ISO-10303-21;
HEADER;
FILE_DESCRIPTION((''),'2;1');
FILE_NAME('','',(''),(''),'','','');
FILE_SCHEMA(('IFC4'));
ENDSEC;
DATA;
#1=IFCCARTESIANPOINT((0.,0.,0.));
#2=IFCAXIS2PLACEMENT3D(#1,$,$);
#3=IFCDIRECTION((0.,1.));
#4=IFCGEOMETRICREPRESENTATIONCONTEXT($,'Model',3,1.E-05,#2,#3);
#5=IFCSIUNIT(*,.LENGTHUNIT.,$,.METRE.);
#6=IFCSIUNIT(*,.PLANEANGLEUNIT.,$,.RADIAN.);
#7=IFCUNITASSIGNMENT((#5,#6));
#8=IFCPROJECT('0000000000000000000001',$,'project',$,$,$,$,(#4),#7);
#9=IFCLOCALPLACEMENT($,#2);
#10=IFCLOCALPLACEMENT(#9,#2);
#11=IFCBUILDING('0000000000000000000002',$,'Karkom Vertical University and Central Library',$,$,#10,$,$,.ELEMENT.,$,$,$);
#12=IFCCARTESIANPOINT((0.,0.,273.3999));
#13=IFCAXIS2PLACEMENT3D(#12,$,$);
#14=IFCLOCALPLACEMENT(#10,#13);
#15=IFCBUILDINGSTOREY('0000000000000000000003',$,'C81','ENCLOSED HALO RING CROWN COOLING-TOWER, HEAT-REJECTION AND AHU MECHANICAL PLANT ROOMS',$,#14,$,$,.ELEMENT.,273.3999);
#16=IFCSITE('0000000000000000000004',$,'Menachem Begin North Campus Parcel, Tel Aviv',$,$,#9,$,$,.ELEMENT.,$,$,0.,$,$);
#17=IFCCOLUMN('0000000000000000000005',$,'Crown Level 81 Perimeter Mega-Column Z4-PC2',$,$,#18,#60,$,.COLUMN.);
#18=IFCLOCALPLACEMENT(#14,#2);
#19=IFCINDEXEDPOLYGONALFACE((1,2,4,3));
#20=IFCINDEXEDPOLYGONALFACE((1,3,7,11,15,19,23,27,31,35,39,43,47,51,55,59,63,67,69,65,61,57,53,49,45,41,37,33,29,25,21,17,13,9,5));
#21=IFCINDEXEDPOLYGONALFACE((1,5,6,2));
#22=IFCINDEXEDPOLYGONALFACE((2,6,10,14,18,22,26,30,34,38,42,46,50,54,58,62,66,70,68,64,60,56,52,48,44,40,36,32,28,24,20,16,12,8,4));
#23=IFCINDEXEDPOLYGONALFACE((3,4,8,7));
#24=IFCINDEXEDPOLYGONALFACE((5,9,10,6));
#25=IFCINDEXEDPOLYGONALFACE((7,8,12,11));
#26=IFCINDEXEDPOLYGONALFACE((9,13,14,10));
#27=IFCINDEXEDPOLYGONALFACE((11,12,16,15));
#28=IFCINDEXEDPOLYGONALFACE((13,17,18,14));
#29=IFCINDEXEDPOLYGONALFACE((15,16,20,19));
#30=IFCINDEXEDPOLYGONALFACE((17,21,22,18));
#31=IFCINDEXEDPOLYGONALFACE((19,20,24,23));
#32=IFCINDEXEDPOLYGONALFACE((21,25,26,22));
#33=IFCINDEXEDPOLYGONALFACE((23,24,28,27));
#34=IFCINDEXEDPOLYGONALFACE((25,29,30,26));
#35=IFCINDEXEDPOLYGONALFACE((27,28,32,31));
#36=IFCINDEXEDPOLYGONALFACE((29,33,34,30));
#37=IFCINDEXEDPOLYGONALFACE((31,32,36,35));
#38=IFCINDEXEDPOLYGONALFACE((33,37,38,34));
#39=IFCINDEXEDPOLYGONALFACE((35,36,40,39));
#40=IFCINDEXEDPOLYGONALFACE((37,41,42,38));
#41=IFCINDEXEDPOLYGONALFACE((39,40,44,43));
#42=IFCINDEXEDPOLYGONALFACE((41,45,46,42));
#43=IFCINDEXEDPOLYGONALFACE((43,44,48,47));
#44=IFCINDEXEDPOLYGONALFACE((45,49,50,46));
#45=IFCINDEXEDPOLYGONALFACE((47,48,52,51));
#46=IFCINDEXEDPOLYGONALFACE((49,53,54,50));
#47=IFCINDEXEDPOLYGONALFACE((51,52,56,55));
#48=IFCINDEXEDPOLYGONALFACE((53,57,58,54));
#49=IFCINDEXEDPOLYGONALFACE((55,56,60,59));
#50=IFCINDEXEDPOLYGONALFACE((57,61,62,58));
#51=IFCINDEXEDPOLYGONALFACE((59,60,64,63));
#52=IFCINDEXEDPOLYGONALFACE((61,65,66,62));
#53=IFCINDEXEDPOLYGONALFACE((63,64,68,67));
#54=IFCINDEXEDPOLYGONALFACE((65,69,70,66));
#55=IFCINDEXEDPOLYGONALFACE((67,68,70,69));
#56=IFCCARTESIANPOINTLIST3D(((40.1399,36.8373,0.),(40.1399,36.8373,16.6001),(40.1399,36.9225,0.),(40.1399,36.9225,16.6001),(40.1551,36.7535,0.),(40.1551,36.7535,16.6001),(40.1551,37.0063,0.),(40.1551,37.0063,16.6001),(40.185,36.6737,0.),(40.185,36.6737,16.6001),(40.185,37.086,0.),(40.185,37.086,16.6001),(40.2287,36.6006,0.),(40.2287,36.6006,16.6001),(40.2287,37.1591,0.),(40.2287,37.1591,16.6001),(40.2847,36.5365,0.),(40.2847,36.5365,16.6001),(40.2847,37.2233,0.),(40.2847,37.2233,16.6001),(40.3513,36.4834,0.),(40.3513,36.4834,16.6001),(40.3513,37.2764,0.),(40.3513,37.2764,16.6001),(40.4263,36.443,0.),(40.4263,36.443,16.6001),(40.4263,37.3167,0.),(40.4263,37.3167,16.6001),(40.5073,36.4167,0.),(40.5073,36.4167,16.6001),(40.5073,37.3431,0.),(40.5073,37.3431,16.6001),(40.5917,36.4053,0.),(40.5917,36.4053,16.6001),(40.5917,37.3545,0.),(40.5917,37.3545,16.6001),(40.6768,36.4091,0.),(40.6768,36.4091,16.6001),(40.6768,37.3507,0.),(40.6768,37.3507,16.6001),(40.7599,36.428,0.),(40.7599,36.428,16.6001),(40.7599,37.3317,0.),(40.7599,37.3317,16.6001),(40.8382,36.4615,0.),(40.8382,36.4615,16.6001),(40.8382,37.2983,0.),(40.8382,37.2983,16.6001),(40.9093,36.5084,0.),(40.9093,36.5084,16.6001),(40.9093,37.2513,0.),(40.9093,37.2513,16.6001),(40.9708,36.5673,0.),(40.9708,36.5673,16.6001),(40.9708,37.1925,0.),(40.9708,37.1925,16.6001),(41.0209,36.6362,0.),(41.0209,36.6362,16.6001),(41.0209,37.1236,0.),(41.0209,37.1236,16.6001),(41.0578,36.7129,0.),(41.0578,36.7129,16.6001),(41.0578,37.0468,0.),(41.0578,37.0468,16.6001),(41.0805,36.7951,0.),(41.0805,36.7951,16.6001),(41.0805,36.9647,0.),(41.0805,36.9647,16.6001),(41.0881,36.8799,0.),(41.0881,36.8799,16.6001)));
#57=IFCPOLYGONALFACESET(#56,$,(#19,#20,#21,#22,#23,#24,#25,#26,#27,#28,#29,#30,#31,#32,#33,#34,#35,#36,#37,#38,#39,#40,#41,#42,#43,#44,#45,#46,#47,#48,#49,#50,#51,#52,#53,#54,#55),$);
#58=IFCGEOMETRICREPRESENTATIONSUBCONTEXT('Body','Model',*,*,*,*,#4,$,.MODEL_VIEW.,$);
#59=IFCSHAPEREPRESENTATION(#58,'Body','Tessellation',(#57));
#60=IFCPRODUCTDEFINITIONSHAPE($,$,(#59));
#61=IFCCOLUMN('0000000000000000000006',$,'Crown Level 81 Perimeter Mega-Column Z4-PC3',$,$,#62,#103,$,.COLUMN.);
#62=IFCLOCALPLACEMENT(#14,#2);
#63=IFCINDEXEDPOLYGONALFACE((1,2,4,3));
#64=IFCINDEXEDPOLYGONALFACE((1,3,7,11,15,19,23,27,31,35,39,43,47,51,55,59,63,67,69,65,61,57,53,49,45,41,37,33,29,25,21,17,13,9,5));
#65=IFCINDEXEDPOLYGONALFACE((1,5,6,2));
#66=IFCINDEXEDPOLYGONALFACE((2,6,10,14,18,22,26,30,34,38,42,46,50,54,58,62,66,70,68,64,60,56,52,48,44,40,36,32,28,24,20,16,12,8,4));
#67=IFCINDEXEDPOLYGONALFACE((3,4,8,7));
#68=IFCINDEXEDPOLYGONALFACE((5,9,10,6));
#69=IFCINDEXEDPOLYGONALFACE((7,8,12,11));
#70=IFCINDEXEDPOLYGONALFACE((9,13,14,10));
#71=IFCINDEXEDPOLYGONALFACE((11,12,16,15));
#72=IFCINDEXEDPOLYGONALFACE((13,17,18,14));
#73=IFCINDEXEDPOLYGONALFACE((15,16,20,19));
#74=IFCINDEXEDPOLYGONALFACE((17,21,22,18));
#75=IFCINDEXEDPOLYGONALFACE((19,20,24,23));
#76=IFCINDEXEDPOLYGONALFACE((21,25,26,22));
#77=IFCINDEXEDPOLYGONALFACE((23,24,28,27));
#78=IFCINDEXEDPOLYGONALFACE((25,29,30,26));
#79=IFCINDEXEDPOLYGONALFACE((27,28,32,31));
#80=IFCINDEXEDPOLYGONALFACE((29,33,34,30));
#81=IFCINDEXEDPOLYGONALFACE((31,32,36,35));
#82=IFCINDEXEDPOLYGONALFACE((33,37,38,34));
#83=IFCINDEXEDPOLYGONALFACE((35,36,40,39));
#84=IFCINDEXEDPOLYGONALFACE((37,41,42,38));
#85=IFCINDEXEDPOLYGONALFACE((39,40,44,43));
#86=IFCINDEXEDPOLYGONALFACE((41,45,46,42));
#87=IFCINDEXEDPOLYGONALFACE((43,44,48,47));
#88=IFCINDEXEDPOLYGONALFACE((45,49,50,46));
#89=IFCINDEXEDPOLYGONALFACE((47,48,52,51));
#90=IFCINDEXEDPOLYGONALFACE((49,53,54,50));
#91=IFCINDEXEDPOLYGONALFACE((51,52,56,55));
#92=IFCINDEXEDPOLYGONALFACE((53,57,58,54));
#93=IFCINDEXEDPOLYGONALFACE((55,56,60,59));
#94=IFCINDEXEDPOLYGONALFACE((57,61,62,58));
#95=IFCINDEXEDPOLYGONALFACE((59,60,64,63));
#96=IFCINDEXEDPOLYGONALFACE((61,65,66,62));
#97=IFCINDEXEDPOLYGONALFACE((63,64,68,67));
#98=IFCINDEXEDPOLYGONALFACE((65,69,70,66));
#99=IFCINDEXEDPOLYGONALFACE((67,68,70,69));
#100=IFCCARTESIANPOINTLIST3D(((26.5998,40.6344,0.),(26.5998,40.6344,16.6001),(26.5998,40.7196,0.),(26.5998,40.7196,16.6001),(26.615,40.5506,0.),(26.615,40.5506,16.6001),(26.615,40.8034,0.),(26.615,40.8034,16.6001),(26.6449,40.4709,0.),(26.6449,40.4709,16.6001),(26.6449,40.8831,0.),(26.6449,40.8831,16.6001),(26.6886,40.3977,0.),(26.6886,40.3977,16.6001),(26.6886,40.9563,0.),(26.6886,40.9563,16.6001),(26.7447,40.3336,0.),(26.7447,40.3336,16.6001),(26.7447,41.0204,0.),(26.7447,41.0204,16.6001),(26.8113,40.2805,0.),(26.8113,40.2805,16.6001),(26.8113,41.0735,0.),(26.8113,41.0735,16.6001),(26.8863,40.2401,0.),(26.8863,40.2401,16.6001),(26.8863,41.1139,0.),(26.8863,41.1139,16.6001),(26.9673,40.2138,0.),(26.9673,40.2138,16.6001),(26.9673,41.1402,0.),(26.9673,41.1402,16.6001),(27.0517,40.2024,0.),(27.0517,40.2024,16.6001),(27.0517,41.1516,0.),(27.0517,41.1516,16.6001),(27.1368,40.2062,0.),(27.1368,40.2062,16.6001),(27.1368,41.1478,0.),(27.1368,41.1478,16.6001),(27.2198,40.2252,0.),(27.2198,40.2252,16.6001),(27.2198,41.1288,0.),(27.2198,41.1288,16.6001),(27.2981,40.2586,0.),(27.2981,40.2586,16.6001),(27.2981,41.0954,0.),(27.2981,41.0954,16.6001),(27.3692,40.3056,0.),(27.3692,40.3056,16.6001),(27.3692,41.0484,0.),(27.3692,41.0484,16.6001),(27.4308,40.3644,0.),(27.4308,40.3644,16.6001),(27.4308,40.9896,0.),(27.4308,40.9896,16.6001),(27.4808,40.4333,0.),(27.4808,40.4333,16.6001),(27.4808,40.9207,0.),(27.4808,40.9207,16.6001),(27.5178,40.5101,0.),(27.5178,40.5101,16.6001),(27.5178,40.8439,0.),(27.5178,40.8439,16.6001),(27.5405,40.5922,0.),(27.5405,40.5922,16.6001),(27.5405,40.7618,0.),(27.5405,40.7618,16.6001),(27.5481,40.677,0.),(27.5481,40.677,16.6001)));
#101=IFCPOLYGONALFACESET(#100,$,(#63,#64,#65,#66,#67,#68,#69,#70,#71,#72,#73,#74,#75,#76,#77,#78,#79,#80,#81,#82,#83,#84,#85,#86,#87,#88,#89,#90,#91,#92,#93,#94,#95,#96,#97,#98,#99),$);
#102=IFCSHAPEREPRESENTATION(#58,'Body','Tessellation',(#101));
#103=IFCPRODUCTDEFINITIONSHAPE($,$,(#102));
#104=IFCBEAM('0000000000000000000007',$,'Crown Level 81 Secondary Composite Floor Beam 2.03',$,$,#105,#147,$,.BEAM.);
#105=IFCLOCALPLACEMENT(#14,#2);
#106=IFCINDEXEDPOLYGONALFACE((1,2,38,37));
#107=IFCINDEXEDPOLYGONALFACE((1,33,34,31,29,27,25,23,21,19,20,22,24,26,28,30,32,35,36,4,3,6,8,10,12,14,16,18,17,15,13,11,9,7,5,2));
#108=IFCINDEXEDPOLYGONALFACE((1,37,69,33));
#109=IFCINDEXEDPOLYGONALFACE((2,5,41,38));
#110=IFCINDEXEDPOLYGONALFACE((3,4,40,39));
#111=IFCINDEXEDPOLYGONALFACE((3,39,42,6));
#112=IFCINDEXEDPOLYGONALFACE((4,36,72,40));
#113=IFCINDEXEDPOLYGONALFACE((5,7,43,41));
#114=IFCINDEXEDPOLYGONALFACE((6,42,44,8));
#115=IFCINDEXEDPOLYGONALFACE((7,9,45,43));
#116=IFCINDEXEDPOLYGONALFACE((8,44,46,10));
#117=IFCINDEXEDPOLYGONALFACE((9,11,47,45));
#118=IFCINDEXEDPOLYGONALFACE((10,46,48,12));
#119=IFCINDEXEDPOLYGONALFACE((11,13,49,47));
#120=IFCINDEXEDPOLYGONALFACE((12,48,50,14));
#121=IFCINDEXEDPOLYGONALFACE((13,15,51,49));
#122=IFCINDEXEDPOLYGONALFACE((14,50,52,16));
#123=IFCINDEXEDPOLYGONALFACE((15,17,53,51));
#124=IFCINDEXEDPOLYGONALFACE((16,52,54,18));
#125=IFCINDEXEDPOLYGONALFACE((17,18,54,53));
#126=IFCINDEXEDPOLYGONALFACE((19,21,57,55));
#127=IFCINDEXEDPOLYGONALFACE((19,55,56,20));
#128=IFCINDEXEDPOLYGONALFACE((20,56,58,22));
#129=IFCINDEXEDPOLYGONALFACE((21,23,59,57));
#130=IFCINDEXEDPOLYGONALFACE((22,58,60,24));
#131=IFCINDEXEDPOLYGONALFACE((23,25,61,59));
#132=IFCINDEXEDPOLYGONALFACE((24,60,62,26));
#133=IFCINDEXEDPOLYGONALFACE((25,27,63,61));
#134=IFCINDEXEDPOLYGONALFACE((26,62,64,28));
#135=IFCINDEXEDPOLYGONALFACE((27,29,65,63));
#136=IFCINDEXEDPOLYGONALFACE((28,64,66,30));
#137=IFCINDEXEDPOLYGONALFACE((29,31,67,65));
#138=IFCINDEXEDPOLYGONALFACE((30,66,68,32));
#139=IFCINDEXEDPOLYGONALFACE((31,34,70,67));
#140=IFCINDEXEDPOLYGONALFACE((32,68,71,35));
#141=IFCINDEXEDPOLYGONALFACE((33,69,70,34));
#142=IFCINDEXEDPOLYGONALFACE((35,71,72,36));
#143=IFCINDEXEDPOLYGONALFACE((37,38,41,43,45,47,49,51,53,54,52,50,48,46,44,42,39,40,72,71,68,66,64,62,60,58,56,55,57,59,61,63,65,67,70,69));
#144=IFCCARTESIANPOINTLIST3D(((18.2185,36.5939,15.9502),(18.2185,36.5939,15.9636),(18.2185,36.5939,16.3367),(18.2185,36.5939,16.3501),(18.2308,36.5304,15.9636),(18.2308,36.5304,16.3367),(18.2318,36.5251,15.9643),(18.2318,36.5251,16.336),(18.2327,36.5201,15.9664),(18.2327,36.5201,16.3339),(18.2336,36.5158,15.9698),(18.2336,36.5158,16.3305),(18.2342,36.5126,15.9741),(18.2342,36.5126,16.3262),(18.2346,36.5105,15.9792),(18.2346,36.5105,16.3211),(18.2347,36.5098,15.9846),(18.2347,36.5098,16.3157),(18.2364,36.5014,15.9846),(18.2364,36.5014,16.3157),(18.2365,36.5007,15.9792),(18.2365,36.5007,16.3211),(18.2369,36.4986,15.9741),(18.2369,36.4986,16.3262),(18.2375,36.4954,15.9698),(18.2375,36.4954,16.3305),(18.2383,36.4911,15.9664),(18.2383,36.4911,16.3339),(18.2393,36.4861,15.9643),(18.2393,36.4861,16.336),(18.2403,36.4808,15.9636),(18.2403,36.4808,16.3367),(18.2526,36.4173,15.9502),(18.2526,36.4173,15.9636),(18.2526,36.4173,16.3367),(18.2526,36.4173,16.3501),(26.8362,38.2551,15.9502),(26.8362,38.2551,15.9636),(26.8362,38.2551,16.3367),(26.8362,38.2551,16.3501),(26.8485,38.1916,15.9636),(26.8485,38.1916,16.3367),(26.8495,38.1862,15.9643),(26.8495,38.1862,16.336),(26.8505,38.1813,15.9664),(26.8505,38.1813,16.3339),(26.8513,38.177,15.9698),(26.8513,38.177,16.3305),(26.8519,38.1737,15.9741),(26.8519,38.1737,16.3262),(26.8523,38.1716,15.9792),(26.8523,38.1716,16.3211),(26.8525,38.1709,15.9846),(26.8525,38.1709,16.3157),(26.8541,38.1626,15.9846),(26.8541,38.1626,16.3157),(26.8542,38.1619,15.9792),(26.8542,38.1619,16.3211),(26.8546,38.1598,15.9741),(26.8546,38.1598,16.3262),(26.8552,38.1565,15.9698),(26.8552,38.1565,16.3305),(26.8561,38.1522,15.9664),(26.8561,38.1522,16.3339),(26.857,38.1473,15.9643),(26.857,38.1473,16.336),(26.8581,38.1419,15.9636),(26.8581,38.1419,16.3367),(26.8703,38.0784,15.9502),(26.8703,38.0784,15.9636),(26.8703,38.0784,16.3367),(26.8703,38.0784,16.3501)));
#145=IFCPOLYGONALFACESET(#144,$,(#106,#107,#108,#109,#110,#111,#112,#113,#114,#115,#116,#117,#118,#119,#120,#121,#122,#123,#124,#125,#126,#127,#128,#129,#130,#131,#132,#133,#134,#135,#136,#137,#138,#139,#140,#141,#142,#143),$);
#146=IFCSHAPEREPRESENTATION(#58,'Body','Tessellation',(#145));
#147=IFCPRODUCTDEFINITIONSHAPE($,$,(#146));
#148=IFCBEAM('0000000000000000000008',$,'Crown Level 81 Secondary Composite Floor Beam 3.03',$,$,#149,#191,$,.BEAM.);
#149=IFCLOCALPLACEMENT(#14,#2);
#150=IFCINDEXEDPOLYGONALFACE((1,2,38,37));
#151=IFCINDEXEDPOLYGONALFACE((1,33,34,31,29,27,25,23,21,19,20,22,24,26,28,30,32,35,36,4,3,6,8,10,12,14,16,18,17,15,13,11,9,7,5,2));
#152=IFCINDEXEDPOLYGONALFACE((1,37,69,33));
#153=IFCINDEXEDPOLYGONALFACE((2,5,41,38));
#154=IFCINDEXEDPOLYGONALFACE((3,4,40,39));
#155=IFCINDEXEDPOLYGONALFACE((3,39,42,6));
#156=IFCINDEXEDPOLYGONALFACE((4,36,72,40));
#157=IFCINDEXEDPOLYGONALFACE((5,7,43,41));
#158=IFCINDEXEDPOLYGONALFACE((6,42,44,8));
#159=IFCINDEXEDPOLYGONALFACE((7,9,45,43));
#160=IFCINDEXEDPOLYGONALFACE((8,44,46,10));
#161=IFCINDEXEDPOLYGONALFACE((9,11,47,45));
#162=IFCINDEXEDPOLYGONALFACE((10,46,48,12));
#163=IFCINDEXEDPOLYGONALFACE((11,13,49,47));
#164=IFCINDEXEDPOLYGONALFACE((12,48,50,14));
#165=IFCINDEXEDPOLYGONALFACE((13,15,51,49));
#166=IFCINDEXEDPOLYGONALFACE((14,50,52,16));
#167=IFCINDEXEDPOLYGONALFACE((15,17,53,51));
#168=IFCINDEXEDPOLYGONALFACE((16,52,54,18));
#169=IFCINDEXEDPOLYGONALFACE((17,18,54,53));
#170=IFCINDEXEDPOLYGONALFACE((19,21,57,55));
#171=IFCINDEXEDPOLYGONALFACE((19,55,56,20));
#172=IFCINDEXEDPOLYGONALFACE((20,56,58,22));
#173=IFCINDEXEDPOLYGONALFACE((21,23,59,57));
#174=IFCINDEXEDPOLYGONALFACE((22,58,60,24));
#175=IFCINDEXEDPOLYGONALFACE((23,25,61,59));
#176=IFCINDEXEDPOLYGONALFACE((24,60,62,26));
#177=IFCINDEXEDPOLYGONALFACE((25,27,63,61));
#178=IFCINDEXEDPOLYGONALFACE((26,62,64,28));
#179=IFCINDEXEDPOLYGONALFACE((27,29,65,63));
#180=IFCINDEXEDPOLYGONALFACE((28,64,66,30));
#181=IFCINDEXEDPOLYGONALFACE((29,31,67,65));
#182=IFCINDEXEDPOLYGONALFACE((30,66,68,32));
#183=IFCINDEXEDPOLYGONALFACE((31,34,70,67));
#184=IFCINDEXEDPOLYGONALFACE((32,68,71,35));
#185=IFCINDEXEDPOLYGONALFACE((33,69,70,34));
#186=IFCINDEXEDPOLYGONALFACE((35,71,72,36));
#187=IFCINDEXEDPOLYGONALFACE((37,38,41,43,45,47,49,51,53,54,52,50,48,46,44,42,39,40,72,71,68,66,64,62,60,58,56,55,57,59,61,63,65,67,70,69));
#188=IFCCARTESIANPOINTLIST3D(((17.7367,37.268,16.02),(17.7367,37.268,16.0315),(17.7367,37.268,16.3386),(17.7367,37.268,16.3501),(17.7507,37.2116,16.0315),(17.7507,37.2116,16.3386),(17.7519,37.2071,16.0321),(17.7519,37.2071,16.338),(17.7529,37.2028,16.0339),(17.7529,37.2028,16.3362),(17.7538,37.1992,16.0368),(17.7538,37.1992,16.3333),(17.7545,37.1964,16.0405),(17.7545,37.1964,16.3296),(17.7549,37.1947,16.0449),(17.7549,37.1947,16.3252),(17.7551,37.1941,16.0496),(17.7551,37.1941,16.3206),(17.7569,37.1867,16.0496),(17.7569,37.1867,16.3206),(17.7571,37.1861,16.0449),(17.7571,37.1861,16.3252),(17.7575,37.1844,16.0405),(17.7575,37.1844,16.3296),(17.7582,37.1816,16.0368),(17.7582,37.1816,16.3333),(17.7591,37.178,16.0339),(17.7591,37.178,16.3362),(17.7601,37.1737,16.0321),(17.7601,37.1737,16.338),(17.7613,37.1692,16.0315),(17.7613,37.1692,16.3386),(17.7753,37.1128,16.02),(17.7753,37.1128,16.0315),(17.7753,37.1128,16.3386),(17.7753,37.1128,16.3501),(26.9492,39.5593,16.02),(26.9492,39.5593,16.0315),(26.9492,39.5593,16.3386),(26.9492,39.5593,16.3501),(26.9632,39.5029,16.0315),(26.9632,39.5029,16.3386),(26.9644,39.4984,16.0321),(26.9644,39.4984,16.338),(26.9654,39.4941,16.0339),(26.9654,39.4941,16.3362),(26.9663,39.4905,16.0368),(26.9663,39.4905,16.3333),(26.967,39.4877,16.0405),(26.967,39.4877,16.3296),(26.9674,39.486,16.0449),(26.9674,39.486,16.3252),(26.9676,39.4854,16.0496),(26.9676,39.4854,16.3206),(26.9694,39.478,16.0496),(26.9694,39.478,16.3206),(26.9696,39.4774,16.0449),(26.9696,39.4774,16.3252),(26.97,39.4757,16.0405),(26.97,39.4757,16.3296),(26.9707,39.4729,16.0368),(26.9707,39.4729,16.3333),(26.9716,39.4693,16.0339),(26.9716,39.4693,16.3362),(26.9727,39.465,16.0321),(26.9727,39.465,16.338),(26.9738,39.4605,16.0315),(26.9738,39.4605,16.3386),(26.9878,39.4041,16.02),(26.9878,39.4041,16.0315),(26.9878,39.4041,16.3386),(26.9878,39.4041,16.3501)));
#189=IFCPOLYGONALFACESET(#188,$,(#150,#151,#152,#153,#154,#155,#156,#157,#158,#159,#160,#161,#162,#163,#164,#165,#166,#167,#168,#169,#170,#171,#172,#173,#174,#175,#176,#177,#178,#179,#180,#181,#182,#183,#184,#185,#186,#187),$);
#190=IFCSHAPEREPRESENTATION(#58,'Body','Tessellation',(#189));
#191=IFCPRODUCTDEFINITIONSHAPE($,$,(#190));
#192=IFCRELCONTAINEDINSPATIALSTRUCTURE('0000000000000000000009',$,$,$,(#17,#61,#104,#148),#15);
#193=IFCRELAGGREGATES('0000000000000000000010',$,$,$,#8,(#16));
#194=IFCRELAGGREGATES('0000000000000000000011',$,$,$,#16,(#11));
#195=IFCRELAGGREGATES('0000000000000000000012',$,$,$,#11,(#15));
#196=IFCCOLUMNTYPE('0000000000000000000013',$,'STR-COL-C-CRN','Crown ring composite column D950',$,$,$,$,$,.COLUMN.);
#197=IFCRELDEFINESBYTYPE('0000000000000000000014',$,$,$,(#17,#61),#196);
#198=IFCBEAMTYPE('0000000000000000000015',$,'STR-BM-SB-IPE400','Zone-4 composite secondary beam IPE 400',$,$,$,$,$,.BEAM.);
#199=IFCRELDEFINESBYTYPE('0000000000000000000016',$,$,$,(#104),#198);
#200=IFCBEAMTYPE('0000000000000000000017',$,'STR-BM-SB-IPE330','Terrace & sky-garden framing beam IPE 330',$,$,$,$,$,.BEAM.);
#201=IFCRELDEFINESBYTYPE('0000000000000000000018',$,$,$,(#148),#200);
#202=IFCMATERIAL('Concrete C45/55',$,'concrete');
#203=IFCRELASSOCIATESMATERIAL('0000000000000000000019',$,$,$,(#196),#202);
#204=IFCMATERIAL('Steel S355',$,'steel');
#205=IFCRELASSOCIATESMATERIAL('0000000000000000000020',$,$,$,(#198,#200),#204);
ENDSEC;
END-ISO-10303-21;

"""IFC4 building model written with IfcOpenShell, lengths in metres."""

from ifc_helpers import new_model, si_unit, direction, frame, origin, origin_with_axes, origin_2d, place, context, subcontext, project, spatial, circle, i_section, extrude, source, transform, mapped, material, material_profile, profile_set, type_object, element, save


model = new_model("IFC4")

# Units and contexts
model_context = context("Model", 3, precision=1e-05, world=origin(), true_north=direction((0.0, 1.0)))
body_context = subcontext(model_context, "Body", "Model", "MODEL_VIEW")
ifc_project = project(units=[si_unit("LENGTHUNIT", "METRE"), si_unit("PLANEANGLEUNIT", "RADIAN")], contexts=[model_context])

# Site, building, storey
site_placement = place(None, origin())
site = spatial("IfcSite", under=ifc_project, at=site_placement, Name="Menachem Begin North Campus Parcel, Tel Aviv", CompositionType="ELEMENT", RefElevation=0.0)
building_placement = place(site_placement, origin())
building = spatial("IfcBuilding", under=site, at=building_placement, Name="Karkom Vertical University and Central Library", CompositionType="ELEMENT")
storey_placement = place(building_placement, frame((0.0, 0.0, 273.3999)))
storey = spatial("IfcBuildingStorey", under=building, at=storey_placement, Name="C81", Description="ENCLOSED HALO RING CROWN COOLING-TOWER, HEAT-REJECTION AND AHU MECHANICAL PLANT ROOMS", CompositionType="ELEMENT", Elevation=273.3999)

# Columns
ifc_material_1 = material(Name="Concrete C45/55", Category="concrete")
ifc_material_profile_1 = material_profile(ifc_material_1, circle(Radius=0.4751, at=origin_2d()), Name="CFT-D950")
ifc_profile_set_1 = profile_set([ifc_material_profile_1], Name="Concrete C45/55")
column_type = type_object("IfcColumnType", Name="STR-COL-C-CRN", Description="Crown ring composite column D950", PredefinedType="COLUMN", material=ifc_profile_set_1)
shared_shape_1 = source(origin_with_axes(), body_context, "Body", "SweptSolid", [
    extrude(circle(Radius=0.4751, at=origin_2d()), origin(), (0.0, 0.0, 1.0), 16.6001),
])
for number, where, z_axis, x_axis, name in (
    (1, (40.613, 36.8799, 0.0), (0.0, 0.0, 1.0), (1.0, 0.0, 0.0), "Crown Level 81 Perimeter Mega-Column Z4-PC2"),
    (2, (27.073, 40.677, 0.0), (0.0, 0.0, 1.0), (1.0, 0.0, 0.0), "Crown Level 81 Perimeter Mega-Column Z4-PC3"),
):
    element("IfcColumn", number, at=place(storey_placement, frame(where, z_axis=z_axis, x_axis=x_axis)), inside=storey, type_object=column_type, Name=name, PredefinedType="COLUMN", context=body_context, shape_type="MappedRepresentation", body=[
        mapped(shared_shape_1, transform((0.0, 0.0, 0.0), scale=1.0)),
    ])

# Beams
ifc_material_2 = material(Name="Steel S355", Category="steel")
ifc_material_profile_2 = material_profile(ifc_material_2, i_section(OverallWidth=0.1799, OverallDepth=0.3999, WebThickness=0.0085, FlangeThickness=0.0134, FilletRadius=0.021, at=origin_2d()), Name="IPE 400")
ifc_profile_set_2 = profile_set([ifc_material_profile_2], Name="Steel S355")
beam_type_1 = type_object("IfcBeamType", Name="STR-BM-SB-IPE400", Description="Zone-4 composite secondary beam IPE 400", PredefinedType="BEAM", material=ifc_profile_set_2)
shared_shape_2 = source(origin_with_axes(), body_context, "Body", "SweptSolid", [
    extrude(i_section(OverallWidth=0.1799, OverallDepth=0.3999, WebThickness=0.0085, FlangeThickness=0.0134, FilletRadius=0.021, at=origin_2d()), origin(), (0.0, 0.0, 1.0), 8.7764),
])
beam_1_placement = place(storey_placement, frame((26.8533, 38.1667, 16.1501), z_axis=(-0.981924, -0.189275, 0.0), x_axis=(0.189275, -0.981924, 0.0)))
element("IfcBeam", 3, at=beam_1_placement, inside=storey, type_object=beam_type_1, Name="Crown Level 81 Secondary Composite Floor Beam 2.03", PredefinedType="BEAM", context=body_context, shape_type="MappedRepresentation", body=[
    mapped(shared_shape_2, transform((0.0, 0.0, 0.0), scale=1.0)),
])
ifc_material_profile_3 = material_profile(ifc_material_2, i_section(OverallWidth=0.1599, OverallDepth=0.3301, WebThickness=0.0076, FlangeThickness=0.0115, FilletRadius=0.0181, at=origin_2d()), Name="IPE 330")
ifc_profile_set_3 = profile_set([ifc_material_profile_3], Name="Steel S355")
beam_type_2 = type_object("IfcBeamType", Name="STR-BM-SB-IPE330", Description="Terrace & sky-garden framing beam IPE 330", PredefinedType="BEAM", material=ifc_profile_set_3)
shared_shape_3 = source(origin_with_axes(), body_context, "Body", "SweptSolid", [
    extrude(i_section(OverallWidth=0.1599, OverallDepth=0.3301, WebThickness=0.0076, FlangeThickness=0.0115, FilletRadius=0.0181, at=origin_2d()), origin(), (0.0, 0.0, 1.0), 9.4932),
])
beam_2_placement = place(storey_placement, frame((26.9685, 39.4817, 16.1851), z_axis=(-0.970435, -0.241362, 0.0), x_axis=(0.241362, -0.970435, 0.0)))
element("IfcBeam", 4, at=beam_2_placement, inside=storey, type_object=beam_type_2, Name="Crown Level 81 Secondary Composite Floor Beam 3.03", PredefinedType="BEAM", context=body_context, shape_type="MappedRepresentation", body=[
    mapped(shared_shape_3, transform((0.0, 0.0, 0.0), scale=1.0)),
])

save(model, "model.ifc")
